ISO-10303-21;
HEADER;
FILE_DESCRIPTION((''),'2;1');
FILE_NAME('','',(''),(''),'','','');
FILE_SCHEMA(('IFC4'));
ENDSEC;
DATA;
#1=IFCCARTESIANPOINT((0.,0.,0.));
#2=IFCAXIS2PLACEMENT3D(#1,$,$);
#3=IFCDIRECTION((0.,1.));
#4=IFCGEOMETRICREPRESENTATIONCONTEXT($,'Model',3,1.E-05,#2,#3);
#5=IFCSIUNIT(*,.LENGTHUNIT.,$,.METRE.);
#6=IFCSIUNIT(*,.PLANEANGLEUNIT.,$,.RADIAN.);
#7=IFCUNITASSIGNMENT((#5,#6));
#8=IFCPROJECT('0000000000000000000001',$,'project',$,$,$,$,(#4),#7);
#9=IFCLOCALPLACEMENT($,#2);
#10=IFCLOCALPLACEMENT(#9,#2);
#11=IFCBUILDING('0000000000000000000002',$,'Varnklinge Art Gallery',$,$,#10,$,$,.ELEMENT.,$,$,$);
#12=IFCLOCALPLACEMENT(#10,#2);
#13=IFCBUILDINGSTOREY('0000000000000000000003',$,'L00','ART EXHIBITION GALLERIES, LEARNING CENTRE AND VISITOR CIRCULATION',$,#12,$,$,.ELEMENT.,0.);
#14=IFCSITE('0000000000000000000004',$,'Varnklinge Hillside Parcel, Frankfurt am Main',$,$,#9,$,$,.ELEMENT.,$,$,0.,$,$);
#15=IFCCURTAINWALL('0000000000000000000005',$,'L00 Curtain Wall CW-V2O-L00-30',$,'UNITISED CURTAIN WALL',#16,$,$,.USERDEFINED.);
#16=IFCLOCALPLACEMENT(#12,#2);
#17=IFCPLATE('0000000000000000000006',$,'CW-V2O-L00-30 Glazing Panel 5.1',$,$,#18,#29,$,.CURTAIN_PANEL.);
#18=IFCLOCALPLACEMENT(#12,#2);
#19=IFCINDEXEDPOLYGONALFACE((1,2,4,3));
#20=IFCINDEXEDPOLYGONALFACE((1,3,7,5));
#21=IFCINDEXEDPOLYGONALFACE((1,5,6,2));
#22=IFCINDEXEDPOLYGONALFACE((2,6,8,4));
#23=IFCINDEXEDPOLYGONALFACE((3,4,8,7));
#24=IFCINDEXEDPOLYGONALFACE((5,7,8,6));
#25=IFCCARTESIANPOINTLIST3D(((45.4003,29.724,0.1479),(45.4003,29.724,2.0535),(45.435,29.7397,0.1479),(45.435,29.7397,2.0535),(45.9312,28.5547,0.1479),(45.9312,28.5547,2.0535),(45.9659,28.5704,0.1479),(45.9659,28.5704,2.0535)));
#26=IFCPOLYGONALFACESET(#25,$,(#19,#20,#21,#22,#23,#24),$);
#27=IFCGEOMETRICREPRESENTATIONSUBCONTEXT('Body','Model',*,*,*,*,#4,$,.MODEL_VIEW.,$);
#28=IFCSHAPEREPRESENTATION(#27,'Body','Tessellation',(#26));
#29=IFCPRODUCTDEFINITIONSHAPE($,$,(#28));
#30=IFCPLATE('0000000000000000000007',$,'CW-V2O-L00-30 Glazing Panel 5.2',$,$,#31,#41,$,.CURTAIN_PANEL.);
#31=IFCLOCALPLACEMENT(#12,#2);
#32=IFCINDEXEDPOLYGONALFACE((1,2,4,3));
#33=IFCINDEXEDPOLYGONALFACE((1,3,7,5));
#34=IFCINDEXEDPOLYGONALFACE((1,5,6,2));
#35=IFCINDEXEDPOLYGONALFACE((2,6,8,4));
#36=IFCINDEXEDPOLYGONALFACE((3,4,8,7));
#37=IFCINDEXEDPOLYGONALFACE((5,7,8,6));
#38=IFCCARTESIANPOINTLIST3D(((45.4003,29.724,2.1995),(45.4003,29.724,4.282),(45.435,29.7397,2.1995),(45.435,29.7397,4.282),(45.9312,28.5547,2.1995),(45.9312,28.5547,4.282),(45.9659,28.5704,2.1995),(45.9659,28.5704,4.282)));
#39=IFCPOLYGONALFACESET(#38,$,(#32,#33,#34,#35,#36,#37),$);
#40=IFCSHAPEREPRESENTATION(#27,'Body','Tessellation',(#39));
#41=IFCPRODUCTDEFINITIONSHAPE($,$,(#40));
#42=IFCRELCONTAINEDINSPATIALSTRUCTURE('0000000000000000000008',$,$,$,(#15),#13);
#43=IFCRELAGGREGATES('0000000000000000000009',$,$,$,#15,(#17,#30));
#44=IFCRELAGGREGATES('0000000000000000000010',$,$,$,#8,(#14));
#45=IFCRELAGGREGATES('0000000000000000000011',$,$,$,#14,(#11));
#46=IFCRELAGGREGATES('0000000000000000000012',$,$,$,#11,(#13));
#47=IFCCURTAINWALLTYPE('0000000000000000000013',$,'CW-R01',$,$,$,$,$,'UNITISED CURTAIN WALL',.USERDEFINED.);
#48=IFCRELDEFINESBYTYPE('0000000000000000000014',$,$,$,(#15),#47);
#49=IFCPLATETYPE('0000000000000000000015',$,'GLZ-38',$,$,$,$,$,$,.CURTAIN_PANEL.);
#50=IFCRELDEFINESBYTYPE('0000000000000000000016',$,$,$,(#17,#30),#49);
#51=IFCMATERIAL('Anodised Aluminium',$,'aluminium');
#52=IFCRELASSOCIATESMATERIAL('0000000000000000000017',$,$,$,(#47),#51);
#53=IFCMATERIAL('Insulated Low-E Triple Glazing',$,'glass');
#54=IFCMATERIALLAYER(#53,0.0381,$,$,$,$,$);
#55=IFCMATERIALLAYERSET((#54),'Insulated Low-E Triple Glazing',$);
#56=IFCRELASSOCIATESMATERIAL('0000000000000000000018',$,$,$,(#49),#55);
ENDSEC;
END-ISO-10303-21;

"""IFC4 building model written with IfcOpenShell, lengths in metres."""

from ifc_helpers import new_model, si_unit, direction, frame, origin, origin_2d, place, context, subcontext, project, spatial, rectangle, extrude, material, layer, layer_set, type_object, element, aggregate, save


model = new_model("IFC4")

# Units and contexts
model_context = context("Model", 3, precision=1e-05, world=origin(), true_north=direction((0.0, 1.0)))
body_context = subcontext(model_context, "Body", "Model", "MODEL_VIEW")
ifc_project = project(units=[si_unit("LENGTHUNIT", "METRE"), si_unit("PLANEANGLEUNIT", "RADIAN")], contexts=[model_context])

# Site, building, storey
site_placement = place(None, origin())
site = spatial("IfcSite", under=ifc_project, at=site_placement, Name="Varnklinge Hillside Parcel, Frankfurt am Main", CompositionType="ELEMENT", RefElevation=0.0)
building_placement = place(site_placement, origin())
building = spatial("IfcBuilding", under=site, at=building_placement, Name="Varnklinge Art Gallery", CompositionType="ELEMENT")
storey_placement = place(building_placement, origin())
storey = spatial("IfcBuildingStorey", under=building, at=storey_placement, Name="L00", Description="ART EXHIBITION GALLERIES, LEARNING CENTRE AND VISITOR CIRCULATION", CompositionType="ELEMENT", Elevation=0.0)

# Shared definitions
ifc_material_1 = material(Name="Anodised Aluminium", Category="aluminium")
curtain_wall_type = type_object("IfcCurtainWallType", Name="CW-R01", ElementType="UNITISED CURTAIN WALL", PredefinedType="USERDEFINED", material=ifc_material_1)

# Curtain wall
curtain_wall_1_placement = place(storey_placement, origin())
curtain_wall_1 = element("IfcCurtainWall", 1, at=curtain_wall_1_placement, inside=storey, type_object=curtain_wall_type, Name="L00 Curtain Wall CW-V2O-L00-30", ObjectType="UNITISED CURTAIN WALL", PredefinedType="USERDEFINED")

# Plates
ifc_material_2 = material(Name="Insulated Low-E Triple Glazing", Category="glass")
ifc_layer = layer(ifc_material_2, 0.0381)
ifc_layer_set = layer_set([ifc_layer], Name="Insulated Low-E Triple Glazing")
plate_type = type_object("IfcPlateType", Name="GLZ-38", PredefinedType="CURTAIN_PANEL", material=ifc_layer_set)
plate_1_placement = place(storey_placement, frame((45.6831, 29.1472, 0.1479), z_axis=(0.0, 0.0, 1.0), x_axis=(0.413422, -0.910539, 0.0)))
plate_1 = element("IfcPlate", 2, at=plate_1_placement, type_object=plate_type, Name="CW-V2O-L00-30 Glazing Panel 5.1", PredefinedType="CURTAIN_PANEL", context=body_context, shape_type="SweptSolid", body=[
    extrude(rectangle(XDim=1.2842, YDim=0.0381, at=origin_2d()), origin(), (0.0, 0.0, 1.0), 1.9055),
])
plate_2_placement = place(storey_placement, frame((45.6831, 29.1472, 2.1995), z_axis=(0.0, 0.0, 1.0), x_axis=(0.413422, -0.910539, 0.0)))
plate_2 = element("IfcPlate", 3, at=plate_2_placement, type_object=plate_type, Name="CW-V2O-L00-30 Glazing Panel 5.2", PredefinedType="CURTAIN_PANEL", context=body_context, shape_type="SweptSolid", body=[
    extrude(rectangle(XDim=1.2842, YDim=0.0381, at=origin_2d()), origin(), (0.0, 0.0, 1.0), 2.0825),
])
aggregate(curtain_wall_1, [plate_1, plate_2])

save(model, "model.ifc")
